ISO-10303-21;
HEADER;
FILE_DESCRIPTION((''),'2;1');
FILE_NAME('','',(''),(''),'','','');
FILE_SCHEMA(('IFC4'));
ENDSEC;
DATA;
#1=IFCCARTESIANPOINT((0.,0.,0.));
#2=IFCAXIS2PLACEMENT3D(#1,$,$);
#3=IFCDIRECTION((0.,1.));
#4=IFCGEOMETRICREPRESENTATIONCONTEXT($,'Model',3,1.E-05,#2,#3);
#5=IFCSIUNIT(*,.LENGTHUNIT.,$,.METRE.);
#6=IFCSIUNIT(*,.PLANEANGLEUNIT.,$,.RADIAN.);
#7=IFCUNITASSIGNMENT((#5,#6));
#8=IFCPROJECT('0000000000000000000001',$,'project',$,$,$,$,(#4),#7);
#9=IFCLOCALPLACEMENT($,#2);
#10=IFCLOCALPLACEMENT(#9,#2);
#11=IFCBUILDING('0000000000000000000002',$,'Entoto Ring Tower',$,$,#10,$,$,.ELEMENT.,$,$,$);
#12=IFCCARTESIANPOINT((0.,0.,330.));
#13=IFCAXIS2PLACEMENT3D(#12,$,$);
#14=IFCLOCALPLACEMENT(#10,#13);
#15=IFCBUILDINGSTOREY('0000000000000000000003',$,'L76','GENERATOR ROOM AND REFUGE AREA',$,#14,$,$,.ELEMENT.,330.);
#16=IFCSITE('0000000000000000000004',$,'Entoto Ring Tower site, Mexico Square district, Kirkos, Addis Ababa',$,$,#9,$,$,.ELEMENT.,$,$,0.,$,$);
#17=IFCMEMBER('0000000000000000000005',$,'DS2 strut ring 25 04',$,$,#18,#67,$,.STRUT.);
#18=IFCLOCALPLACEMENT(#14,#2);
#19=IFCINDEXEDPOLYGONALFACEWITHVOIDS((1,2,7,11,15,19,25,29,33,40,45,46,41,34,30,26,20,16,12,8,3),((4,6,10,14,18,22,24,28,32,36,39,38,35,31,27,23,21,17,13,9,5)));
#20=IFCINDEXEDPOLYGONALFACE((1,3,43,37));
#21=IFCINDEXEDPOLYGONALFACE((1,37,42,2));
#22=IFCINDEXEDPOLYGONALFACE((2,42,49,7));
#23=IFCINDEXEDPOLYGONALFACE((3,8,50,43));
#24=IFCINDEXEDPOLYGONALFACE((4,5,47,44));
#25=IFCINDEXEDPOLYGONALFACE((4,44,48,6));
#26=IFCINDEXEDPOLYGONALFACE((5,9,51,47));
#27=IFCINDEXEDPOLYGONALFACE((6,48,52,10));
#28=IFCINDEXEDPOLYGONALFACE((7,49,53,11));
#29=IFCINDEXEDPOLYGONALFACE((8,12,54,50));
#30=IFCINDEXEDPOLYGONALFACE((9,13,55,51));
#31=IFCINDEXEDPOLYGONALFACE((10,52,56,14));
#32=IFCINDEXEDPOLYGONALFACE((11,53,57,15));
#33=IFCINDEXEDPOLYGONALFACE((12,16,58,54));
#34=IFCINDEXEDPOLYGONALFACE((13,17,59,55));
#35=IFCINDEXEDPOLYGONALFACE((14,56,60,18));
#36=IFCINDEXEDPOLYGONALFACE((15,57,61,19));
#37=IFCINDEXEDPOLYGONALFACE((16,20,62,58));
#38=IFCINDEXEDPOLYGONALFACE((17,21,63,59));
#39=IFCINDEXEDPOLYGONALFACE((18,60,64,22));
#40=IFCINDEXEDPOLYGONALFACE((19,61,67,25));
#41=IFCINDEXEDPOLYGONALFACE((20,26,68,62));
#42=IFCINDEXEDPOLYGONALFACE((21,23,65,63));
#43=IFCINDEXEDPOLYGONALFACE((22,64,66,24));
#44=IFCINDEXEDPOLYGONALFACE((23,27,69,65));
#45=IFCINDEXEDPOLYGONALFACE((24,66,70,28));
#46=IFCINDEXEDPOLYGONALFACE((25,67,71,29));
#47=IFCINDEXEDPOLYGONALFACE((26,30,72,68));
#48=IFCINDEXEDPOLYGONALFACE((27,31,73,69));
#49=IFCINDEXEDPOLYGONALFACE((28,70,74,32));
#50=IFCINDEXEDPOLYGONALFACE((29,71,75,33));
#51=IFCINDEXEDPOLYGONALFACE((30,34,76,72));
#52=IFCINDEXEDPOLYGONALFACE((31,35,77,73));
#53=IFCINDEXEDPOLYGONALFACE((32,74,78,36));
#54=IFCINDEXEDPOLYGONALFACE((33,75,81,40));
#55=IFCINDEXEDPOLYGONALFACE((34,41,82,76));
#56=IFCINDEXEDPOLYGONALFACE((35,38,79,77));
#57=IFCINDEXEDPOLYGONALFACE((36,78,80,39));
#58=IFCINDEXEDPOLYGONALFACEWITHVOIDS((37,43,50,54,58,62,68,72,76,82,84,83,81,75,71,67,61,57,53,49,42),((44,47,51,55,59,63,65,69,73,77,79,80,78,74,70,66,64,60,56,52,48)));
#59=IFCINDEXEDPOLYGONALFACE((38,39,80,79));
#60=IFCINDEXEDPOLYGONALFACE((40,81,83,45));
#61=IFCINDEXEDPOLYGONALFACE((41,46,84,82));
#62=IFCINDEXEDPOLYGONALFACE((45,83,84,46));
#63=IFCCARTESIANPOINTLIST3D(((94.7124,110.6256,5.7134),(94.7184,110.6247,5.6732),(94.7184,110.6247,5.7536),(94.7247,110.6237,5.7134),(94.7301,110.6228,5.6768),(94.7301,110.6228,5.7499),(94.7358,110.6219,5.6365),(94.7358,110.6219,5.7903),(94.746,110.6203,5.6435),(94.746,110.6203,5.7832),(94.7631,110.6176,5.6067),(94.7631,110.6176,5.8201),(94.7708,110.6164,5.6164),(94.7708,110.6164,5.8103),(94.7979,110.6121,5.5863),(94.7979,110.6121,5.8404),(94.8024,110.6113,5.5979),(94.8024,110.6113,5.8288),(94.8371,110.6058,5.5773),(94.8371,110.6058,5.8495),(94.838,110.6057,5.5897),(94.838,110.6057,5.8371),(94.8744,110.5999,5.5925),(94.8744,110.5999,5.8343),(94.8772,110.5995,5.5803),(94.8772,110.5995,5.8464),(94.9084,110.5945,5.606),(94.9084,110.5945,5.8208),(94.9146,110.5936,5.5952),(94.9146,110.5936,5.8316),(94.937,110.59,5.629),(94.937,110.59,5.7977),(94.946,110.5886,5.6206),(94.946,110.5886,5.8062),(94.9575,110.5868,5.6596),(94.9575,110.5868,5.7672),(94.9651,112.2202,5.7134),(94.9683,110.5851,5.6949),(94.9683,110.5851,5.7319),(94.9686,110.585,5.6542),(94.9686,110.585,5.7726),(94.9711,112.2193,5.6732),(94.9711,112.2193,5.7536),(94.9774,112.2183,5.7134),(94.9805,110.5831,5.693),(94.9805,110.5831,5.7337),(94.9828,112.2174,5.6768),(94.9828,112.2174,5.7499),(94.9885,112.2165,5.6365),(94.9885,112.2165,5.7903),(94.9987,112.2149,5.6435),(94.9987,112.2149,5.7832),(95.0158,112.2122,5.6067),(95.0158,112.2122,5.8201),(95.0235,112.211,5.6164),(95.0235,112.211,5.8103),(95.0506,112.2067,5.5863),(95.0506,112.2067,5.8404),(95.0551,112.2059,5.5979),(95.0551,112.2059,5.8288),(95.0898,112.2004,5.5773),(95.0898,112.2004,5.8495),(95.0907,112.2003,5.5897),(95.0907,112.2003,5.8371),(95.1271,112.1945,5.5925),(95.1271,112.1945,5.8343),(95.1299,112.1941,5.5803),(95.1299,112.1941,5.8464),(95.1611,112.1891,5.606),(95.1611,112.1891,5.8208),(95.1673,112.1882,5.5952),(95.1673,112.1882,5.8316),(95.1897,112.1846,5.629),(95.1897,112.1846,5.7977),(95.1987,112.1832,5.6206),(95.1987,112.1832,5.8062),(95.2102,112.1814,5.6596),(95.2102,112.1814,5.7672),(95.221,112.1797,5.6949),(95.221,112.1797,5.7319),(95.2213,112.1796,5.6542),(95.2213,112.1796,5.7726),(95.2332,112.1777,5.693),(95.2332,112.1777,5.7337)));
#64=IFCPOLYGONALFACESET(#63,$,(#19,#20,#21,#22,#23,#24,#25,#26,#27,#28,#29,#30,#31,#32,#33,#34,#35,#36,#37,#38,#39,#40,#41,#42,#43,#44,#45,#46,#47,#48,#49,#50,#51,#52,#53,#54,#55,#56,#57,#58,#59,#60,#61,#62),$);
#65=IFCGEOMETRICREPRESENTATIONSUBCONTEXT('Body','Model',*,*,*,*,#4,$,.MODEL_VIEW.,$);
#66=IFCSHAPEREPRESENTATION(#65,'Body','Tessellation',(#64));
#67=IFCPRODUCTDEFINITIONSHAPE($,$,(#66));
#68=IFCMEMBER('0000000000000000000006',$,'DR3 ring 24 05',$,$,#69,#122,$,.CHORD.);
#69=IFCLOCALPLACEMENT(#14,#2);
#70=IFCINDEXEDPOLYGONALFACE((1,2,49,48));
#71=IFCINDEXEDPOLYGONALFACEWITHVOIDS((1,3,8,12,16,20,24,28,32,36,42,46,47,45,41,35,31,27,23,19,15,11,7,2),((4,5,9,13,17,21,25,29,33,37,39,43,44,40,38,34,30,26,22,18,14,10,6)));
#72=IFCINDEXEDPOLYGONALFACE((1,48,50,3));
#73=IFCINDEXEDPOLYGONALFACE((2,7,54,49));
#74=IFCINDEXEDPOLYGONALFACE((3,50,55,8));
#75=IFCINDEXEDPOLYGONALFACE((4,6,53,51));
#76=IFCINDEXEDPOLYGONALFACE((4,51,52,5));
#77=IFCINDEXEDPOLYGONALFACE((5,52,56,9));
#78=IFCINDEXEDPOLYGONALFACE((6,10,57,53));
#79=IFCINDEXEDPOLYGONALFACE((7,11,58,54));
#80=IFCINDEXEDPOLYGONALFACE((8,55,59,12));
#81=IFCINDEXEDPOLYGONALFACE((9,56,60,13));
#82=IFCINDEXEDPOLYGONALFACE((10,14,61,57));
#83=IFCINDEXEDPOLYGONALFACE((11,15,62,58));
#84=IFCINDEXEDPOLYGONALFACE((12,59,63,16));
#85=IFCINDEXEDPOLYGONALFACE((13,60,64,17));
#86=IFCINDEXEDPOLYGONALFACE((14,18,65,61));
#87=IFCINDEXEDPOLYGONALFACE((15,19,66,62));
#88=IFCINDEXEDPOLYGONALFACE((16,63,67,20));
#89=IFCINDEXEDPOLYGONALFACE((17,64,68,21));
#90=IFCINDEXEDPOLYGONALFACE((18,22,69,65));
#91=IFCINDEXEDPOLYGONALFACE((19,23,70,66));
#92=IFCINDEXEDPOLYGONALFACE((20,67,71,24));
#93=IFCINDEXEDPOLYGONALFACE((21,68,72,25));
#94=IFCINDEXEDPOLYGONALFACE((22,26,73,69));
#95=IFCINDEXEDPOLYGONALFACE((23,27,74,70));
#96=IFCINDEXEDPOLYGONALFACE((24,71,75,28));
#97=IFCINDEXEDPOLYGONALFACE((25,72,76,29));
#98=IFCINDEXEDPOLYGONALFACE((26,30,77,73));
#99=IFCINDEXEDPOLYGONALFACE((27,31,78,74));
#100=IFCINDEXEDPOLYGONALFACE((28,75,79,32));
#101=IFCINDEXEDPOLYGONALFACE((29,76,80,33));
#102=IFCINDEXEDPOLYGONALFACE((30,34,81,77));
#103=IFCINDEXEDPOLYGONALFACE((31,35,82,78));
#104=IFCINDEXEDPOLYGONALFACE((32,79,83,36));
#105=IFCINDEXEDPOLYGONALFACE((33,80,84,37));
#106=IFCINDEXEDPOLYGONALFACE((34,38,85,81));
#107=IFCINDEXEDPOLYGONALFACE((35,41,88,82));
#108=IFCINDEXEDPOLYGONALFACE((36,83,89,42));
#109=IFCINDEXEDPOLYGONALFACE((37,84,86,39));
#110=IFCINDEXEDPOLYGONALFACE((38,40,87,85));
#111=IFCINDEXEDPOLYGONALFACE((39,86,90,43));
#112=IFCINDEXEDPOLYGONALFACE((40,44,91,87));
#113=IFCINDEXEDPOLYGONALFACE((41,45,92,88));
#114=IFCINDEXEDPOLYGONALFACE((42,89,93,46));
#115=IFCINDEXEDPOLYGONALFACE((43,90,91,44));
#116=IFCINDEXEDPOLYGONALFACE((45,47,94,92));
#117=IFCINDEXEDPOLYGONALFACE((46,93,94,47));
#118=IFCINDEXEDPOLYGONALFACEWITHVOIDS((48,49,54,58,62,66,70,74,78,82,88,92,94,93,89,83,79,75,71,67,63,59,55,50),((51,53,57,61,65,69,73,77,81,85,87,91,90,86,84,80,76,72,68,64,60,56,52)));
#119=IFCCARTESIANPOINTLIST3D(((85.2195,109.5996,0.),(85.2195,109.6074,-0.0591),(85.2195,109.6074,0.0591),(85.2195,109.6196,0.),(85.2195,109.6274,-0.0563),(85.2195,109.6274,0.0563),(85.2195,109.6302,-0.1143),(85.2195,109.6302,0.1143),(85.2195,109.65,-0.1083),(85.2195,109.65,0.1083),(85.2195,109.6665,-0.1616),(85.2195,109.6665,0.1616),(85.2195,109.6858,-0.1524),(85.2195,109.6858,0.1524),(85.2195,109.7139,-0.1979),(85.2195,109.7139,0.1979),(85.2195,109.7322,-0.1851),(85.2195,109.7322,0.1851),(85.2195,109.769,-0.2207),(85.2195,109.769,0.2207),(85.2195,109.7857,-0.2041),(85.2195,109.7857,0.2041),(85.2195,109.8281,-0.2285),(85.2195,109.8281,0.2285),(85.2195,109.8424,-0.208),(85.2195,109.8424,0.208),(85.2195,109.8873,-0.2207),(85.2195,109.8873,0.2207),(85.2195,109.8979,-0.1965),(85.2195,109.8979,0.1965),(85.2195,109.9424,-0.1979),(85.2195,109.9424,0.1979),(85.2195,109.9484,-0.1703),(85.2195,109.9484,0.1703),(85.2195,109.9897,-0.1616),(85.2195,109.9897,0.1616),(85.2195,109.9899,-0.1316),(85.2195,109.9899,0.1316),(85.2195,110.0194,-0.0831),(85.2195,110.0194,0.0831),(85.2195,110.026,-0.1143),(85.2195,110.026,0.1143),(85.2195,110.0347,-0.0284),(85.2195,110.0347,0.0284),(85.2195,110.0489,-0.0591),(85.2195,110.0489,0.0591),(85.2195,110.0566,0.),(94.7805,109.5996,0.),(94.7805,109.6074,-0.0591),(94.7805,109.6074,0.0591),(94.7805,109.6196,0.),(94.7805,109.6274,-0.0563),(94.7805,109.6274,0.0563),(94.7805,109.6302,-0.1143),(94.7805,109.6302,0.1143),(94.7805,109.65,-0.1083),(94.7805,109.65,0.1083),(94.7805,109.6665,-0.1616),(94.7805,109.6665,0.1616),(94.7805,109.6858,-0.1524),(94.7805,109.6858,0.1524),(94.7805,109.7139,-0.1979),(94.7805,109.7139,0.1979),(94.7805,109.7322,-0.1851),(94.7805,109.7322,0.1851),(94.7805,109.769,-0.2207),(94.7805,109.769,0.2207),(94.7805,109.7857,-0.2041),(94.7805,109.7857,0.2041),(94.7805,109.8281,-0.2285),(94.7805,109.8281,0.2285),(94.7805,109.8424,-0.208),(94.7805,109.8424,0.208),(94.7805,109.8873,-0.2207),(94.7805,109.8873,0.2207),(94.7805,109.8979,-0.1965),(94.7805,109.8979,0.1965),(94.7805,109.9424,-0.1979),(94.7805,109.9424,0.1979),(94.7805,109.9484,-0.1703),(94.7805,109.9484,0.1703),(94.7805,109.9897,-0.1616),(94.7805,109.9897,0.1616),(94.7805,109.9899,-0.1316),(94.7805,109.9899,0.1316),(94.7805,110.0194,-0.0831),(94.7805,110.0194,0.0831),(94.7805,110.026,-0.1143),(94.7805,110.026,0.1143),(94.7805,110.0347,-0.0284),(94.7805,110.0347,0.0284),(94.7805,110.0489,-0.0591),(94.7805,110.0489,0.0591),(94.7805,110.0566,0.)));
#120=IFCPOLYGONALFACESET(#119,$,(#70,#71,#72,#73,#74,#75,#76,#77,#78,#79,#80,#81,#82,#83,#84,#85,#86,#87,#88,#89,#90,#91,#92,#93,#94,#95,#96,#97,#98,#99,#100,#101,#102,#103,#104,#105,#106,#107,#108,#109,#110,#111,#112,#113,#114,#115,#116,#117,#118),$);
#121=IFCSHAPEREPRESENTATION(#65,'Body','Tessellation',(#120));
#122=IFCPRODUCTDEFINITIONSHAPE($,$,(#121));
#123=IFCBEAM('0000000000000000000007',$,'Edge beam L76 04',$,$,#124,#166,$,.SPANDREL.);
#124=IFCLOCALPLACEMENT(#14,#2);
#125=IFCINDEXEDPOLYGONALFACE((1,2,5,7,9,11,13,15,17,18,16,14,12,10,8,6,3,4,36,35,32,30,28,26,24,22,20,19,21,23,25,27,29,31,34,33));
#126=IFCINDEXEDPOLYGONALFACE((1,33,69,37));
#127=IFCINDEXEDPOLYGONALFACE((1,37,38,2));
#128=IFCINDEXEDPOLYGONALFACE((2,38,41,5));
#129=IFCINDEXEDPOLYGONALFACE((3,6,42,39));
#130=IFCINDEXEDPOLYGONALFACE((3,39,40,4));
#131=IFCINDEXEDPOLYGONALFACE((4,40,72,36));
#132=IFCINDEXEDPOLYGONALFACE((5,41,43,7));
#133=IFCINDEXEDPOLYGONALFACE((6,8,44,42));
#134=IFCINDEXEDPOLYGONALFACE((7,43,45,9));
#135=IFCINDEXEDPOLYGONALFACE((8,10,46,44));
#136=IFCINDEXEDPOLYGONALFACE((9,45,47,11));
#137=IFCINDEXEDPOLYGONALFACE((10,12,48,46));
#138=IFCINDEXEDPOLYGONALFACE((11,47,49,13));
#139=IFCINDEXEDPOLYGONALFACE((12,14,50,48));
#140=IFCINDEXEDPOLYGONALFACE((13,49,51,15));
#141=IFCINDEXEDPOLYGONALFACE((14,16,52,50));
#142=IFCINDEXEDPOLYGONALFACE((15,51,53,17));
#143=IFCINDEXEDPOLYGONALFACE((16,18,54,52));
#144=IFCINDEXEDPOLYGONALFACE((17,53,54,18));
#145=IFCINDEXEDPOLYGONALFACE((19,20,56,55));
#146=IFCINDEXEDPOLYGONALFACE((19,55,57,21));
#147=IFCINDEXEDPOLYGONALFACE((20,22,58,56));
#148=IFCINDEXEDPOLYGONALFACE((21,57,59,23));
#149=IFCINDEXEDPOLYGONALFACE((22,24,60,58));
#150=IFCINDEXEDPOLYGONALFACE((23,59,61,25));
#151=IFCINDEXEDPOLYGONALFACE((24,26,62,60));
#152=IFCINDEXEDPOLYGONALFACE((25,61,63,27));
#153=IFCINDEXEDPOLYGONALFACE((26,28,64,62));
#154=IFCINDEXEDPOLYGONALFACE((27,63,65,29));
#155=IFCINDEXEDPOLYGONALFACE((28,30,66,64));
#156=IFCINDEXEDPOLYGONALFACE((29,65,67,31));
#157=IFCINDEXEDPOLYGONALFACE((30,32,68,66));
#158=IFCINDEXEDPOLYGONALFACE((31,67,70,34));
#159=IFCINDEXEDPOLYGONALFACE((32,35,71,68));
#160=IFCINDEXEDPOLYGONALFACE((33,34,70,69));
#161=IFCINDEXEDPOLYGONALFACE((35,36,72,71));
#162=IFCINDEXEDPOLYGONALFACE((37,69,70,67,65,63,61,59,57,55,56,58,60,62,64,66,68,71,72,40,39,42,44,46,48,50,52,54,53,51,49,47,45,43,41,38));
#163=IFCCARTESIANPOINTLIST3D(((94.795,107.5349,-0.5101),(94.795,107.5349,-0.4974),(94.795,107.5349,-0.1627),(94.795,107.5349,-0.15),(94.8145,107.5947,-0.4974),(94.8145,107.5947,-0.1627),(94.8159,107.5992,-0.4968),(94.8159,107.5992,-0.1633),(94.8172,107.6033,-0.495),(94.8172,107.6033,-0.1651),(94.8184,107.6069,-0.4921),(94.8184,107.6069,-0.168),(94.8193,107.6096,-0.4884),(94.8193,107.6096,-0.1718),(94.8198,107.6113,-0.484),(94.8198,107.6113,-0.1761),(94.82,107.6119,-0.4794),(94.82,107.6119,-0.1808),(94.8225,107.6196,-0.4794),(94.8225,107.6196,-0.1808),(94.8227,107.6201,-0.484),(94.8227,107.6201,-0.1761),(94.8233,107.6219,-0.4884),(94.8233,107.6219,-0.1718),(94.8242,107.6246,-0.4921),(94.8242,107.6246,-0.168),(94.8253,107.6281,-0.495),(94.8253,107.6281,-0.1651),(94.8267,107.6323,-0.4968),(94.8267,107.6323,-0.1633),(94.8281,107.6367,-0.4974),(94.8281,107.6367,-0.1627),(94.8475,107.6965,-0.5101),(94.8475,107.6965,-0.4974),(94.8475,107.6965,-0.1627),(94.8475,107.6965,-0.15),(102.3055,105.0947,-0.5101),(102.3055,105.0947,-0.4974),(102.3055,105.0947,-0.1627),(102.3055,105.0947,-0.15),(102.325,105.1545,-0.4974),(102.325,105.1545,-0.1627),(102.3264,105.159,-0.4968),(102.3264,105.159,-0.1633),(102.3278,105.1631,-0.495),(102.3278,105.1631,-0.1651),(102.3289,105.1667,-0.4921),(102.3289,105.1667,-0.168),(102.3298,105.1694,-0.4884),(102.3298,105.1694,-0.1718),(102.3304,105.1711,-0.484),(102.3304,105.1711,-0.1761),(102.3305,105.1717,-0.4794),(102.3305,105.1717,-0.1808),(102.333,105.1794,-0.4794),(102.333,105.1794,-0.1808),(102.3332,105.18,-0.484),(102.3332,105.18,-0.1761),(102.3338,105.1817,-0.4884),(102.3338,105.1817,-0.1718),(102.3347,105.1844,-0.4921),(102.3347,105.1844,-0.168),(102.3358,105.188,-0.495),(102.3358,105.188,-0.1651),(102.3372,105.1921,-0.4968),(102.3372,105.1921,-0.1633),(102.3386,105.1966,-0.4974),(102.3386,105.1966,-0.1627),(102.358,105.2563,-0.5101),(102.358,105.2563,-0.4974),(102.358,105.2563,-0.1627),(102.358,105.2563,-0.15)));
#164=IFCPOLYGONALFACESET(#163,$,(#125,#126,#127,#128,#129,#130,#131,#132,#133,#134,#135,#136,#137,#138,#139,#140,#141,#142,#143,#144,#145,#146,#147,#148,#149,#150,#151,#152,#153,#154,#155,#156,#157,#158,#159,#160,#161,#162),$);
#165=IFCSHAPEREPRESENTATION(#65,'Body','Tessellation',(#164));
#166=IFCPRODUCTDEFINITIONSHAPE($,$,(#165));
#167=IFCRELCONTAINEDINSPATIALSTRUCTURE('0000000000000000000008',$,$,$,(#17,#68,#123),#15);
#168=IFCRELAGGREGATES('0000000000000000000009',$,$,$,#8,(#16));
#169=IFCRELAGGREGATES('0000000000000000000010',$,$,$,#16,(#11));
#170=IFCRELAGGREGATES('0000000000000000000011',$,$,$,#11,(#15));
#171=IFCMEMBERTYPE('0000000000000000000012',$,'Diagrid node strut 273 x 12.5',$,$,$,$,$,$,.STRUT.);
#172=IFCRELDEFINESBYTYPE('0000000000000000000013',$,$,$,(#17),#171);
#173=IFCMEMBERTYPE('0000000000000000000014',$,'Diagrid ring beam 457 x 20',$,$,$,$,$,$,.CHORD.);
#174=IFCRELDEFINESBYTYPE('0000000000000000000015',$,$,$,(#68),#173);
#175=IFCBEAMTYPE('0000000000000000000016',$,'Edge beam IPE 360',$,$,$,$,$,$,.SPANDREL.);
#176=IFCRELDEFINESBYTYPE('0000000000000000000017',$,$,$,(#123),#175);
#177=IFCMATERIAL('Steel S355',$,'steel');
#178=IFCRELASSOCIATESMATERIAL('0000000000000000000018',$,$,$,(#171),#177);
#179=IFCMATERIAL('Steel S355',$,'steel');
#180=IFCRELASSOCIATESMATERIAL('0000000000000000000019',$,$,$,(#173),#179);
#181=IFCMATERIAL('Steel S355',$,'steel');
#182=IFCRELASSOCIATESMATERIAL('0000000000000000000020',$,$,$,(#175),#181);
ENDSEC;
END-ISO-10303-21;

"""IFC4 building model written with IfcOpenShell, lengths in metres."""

from ifc_helpers import new_model, si_unit, direction, frame, origin, origin_2d, place, context, subcontext, project, spatial, circle, hollow_circle, i_section, extrude, material, material_profile, profile_set, type_object, element, save


model = new_model("IFC4")

# Units and contexts
model_context = context("Model", 3, precision=1e-05, world=origin(), true_north=direction((0.0, 1.0)))
body_context = subcontext(model_context, "Body", "Model", "MODEL_VIEW")
ifc_project = project(units=[si_unit("LENGTHUNIT", "METRE"), si_unit("PLANEANGLEUNIT", "RADIAN")], contexts=[model_context])

# Site, building, storey
site_placement = place(None, origin())
site = spatial("IfcSite", under=ifc_project, at=site_placement, Name="Entoto Ring Tower site, Mexico Square district, Kirkos, Addis Ababa", CompositionType="ELEMENT", RefElevation=0.0)
building_placement = place(site_placement, origin())
building = spatial("IfcBuilding", under=site, at=building_placement, Name="Entoto Ring Tower", CompositionType="ELEMENT")
storey_placement = place(building_placement, frame((0.0, 0.0, 330.0)))
storey = spatial("IfcBuildingStorey", under=building, at=storey_placement, Name="L76", Description="GENERATOR ROOM AND REFUGE AREA", CompositionType="ELEMENT", Elevation=330.0)

# Members
ifc_material_1 = material(Name="Steel S355", Category="steel")
ifc_material_profile_1 = material_profile(ifc_material_1, hollow_circle(Radius=0.1365, WallThickness=0.0125, at=origin_2d()), Name="CHS 273 x 12.5")
ifc_material_2 = material(Name="Concrete C60/75", Category="concrete")
ifc_material_profile_2 = material_profile(ifc_material_2, circle(Radius=0.124, at=origin_2d()), Name="Concrete C60/75 infill")
ifc_profile_set_1 = profile_set([ifc_material_profile_1, ifc_material_profile_2], Name="Steel S355")
member_type_1 = type_object("IfcMemberType", Name="Diagrid node strut 273 x 12.5", PredefinedType="STRUT", material=ifc_profile_set_1)
member_1_placement = place(storey_placement, frame((94.8472, 110.6042, 5.7134), z_axis=(0.156522, 0.987675, 0.0), x_axis=(-0.987675, 0.156522, 0.0)))
element("IfcMember", 1, at=member_1_placement, inside=storey, type_object=member_type_1, Name="DS2 strut ring 25 04", PredefinedType="STRUT", context=body_context, shape_type="SweptSolid", body=[
    extrude(hollow_circle(Radius=0.1365, WallThickness=0.0125, at=origin_2d()), origin(), (0.0, 0.0, 1.0), 1.6145),
])
ifc_material_3 = material(Name="Steel S355", Category="steel")
ifc_material_profile_3 = material_profile(ifc_material_3, hollow_circle(Radius=0.2285, WallThickness=0.02, at=origin_2d()), Name="CHS 457 x 20")
ifc_material_4 = material(Name="Concrete C60/75", Category="concrete")
ifc_material_profile_4 = material_profile(ifc_material_4, circle(Radius=0.2085, at=origin_2d()), Name="Concrete C60/75 infill")
ifc_profile_set_2 = profile_set([ifc_material_profile_3, ifc_material_profile_4], Name="Steel S355")
member_type_2 = type_object("IfcMemberType", Name="Diagrid ring beam 457 x 20", PredefinedType="CHORD", material=ifc_profile_set_2)
member_2_placement = place(storey_placement, frame((94.7805, 109.8281, 0.0), z_axis=(-1.0, 0.0, 0.0), x_axis=(0.0, -1.0, 0.0)))
element("IfcMember", 2, at=member_2_placement, inside=storey, type_object=member_type_2, Name="DR3 ring 24 05", PredefinedType="CHORD", context=body_context, shape_type="SweptSolid", body=[
    extrude(hollow_circle(Radius=0.2285, WallThickness=0.02, at=origin_2d()), origin(), (0.0, 0.0, 1.0), 9.561),
])

# Beam
ifc_material_5 = material(Name="Steel S355", Category="steel")
ifc_material_profile_5 = material_profile(ifc_material_5, i_section(OverallWidth=0.1699, OverallDepth=0.3601, WebThickness=0.0081, FlangeThickness=0.0127, FilletRadius=0.0181, at=origin_2d()), Name="IPE 360")
ifc_profile_set_3 = profile_set([ifc_material_profile_5], Name="Steel S355")
beam_type = type_object("IfcBeamType", Name="Edge beam IPE 360", PredefinedType="SPANDREL", material=ifc_profile_set_3)
for number, where, z_axis, x_axis, name in (
    (3, (102.3318, 105.1755, -0.3301), (-0.951061, 0.309003, 0.0), (-0.309003, -0.951061, 0.0), "Edge beam L76 04"),
):
    element("IfcBeam", number, at=place(storey_placement, frame(where, z_axis=z_axis, x_axis=x_axis)), inside=storey, type_object=beam_type, Name=name, PredefinedType="SPANDREL", context=body_context, shape_type="SweptSolid", body=[
        extrude(i_section(OverallWidth=0.1699, OverallDepth=0.3601, WebThickness=0.0081, FlangeThickness=0.0127, FilletRadius=0.0181, at=origin_2d()), origin(), (0.0, 0.0, 1.0), 7.897),
    ])

save(model, "model.ifc")
